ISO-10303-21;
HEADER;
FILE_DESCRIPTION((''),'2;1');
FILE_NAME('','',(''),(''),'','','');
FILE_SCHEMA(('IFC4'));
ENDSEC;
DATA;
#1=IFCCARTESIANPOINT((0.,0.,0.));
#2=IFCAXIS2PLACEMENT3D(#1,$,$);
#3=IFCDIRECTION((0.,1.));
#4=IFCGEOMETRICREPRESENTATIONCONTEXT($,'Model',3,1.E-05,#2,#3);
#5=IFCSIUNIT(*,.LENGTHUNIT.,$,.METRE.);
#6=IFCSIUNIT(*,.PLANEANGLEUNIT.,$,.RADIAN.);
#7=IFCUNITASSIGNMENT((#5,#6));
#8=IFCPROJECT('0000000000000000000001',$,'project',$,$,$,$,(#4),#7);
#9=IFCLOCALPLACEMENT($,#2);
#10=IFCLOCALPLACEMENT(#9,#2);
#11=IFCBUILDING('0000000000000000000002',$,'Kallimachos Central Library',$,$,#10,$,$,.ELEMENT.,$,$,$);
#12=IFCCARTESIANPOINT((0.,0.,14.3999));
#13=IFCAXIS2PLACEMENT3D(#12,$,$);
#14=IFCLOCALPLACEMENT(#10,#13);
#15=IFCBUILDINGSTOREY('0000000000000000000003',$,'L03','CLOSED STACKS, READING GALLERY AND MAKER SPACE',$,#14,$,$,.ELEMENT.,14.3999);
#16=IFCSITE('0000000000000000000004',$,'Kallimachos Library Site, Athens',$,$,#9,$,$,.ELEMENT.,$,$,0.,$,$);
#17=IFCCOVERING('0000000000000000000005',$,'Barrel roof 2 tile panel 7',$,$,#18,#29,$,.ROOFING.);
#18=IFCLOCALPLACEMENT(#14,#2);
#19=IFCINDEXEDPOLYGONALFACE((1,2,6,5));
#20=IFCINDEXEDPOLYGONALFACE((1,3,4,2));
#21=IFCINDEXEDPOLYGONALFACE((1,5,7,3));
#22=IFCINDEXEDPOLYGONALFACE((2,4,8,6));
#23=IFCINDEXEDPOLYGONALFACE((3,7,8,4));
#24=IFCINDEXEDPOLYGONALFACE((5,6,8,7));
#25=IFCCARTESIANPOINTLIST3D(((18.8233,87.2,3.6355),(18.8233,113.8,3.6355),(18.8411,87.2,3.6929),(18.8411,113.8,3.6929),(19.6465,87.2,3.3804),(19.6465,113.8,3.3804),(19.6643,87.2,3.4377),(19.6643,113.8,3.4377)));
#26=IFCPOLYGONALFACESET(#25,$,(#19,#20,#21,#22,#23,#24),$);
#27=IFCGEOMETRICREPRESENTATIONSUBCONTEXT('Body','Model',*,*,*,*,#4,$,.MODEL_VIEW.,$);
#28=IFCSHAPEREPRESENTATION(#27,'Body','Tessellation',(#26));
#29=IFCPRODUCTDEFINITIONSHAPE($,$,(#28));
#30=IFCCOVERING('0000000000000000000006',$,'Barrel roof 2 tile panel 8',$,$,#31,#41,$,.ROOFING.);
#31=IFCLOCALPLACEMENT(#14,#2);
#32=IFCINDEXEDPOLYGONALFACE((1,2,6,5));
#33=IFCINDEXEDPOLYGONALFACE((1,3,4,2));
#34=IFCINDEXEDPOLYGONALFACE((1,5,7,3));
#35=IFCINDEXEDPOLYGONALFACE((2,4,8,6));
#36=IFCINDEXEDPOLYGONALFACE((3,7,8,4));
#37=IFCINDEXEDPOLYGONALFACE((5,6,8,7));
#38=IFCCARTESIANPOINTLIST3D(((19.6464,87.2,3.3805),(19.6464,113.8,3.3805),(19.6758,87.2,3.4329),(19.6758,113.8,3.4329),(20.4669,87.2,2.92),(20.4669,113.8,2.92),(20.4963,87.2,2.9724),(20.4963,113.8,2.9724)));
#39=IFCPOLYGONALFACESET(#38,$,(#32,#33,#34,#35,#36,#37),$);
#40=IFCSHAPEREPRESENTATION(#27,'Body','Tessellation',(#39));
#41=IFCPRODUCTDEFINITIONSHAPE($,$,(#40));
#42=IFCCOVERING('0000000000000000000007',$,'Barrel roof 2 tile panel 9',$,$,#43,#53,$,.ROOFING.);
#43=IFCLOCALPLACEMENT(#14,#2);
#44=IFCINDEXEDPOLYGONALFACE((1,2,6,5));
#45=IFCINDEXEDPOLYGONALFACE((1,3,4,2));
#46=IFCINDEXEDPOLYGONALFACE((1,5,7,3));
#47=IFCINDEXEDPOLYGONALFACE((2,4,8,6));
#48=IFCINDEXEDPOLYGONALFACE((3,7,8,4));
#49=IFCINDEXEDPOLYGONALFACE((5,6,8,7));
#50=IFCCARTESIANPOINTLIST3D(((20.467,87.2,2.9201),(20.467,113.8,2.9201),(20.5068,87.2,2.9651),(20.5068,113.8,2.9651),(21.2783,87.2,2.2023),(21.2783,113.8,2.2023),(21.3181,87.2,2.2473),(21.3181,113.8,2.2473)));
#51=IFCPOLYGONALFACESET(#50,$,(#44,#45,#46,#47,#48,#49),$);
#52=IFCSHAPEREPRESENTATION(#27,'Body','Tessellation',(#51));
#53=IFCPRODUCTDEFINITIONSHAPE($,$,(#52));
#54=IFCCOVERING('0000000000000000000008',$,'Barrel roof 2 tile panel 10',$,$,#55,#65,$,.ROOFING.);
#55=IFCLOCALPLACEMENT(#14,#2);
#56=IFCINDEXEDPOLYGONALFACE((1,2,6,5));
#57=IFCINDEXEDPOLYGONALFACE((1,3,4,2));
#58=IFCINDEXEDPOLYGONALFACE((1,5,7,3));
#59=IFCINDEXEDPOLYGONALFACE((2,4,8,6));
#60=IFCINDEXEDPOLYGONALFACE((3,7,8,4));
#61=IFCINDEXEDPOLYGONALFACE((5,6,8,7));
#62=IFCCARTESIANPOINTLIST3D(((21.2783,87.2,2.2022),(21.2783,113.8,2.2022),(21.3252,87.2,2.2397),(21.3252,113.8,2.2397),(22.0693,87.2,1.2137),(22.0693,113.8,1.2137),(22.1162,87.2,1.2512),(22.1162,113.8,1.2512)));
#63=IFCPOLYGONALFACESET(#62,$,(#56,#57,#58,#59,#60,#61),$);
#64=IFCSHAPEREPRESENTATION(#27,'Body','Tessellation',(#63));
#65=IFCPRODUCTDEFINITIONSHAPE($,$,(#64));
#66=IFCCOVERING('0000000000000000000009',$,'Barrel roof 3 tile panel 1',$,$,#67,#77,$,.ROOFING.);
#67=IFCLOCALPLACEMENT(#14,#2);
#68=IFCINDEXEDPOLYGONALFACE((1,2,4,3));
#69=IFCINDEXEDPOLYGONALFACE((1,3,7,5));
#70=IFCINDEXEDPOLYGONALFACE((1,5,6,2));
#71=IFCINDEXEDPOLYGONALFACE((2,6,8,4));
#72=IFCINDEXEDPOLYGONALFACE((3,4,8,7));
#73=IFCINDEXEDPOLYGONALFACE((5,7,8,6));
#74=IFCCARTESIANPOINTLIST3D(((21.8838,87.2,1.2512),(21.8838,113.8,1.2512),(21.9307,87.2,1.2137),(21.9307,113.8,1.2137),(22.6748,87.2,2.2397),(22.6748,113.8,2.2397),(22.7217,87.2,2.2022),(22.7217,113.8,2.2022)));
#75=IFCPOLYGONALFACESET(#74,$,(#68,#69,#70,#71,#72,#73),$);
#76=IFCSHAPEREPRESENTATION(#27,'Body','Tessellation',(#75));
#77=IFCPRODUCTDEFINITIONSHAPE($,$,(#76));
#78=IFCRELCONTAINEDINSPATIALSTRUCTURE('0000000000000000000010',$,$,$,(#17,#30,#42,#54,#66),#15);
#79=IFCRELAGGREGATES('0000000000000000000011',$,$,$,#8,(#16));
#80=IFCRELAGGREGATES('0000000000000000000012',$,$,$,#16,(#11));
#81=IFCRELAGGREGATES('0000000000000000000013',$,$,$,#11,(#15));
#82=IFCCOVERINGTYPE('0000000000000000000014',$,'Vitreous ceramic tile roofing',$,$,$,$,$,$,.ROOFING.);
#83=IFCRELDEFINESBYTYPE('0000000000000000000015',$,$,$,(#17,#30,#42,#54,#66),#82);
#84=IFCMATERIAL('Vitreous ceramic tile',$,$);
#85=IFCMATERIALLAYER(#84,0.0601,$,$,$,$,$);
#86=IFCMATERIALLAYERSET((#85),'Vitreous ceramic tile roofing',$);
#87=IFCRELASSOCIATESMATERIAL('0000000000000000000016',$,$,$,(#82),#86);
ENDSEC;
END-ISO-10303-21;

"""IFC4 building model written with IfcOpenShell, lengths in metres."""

from ifc_helpers import new_model, si_unit, direction, frame, origin, place, context, subcontext, project, spatial, polyline, outline, extrude, material, layer, layer_set, type_object, element, save


model = new_model("IFC4")

# Units and contexts
model_context = context("Model", 3, precision=1e-05, world=origin(), true_north=direction((0.0, 1.0)))
body_context = subcontext(model_context, "Body", "Model", "MODEL_VIEW")
ifc_project = project(units=[si_unit("LENGTHUNIT", "METRE"), si_unit("PLANEANGLEUNIT", "RADIAN")], contexts=[model_context])

# Site, building, storey
site_placement = place(None, origin())
site = spatial("IfcSite", under=ifc_project, at=site_placement, Name="Kallimachos Library Site, Athens", CompositionType="ELEMENT", RefElevation=0.0)
building_placement = place(site_placement, origin())
building = spatial("IfcBuilding", under=site, at=building_placement, Name="Kallimachos Central Library", CompositionType="ELEMENT")
storey_placement = place(building_placement, frame((0.0, 0.0, 14.3999)))
storey = spatial("IfcBuildingStorey", under=building, at=storey_placement, Name="L03", Description="CLOSED STACKS, READING GALLERY AND MAKER SPACE", CompositionType="ELEMENT", Elevation=14.3999)

# Coverings
ifc_material_1 = material(Name="Vitreous ceramic tile")
ifc_layer_1 = layer(ifc_material_1, 0.0601)
ifc_layer_set_1 = layer_set([ifc_layer_1], Name="Vitreous ceramic tile roofing")
covering_type_1 = type_object("IfcCoveringType", Name="Vitreous ceramic tile roofing", PredefinedType="ROOFING", material=ifc_layer_set_1)
covering_1_placement = place(storey_placement, frame((18.8411, 87.2, 3.6929), z_axis=(0.296016, 0.0, 0.955183), x_axis=(0.955183, 0.0, -0.296016)))
element("IfcCovering", 1, at=covering_1_placement, inside=storey, type_object=covering_type_1, Name="Barrel roof 2 tile panel 7", PredefinedType="ROOFING", context=body_context, shape_type="SweptSolid", body=[
    extrude(outline(polyline([(0.0, 0.0), (0.8619, 0.0), (0.8619, 26.6001), (0.0, 26.6001), (0.0, 0.0)])), origin(), (0.0, 0.0, -1.0), 0.0601),
])
covering_2_placement = place(storey_placement, frame((19.6758, 87.2, 3.4329), z_axis=(0.489362, 0.0, 0.872081), x_axis=(0.872081, 0.0, -0.489362)))
element("IfcCovering", 2, at=covering_2_placement, inside=storey, type_object=covering_type_1, Name="Barrel roof 2 tile panel 8", PredefinedType="ROOFING", context=body_context, shape_type="SweptSolid", body=[
    extrude(outline(polyline([(0.0, 0.0), (0.9409, 0.0), (0.9409, 26.6001), (0.0, 26.6001), (0.0, 0.0)])), origin(), (0.0, 0.0, -1.0), 0.0601),
])
covering_3_placement = place(storey_placement, frame((20.5068, 87.2, 2.9651), z_axis=(0.662627, 0.0, 0.748949), x_axis=(0.748949, 0.0, -0.662627)))
element("IfcCovering", 3, at=covering_3_placement, inside=storey, type_object=covering_type_1, Name="Barrel roof 2 tile panel 9", PredefinedType="ROOFING", context=body_context, shape_type="SweptSolid", body=[
    extrude(outline(polyline([(0.0, 0.0), (1.0832, 0.0), (1.0832, 26.6001), (0.0, 26.6001), (0.0, 0.0)])), origin(), (0.0, 0.0, -1.0), 0.0601),
])
for number, where, z_axis, x_axis, name in (
    (4, (21.3252, 87.2, 2.2397), (0.780794, 0.0, 0.624789), (0.624789, 0.0, -0.780794), "Barrel roof 2 tile panel 10"),
    (5, (21.8838, 87.2, 1.2512), (-0.780794, 0.0, 0.624789), (0.624789, 0.0, 0.780794), "Barrel roof 3 tile panel 1"),
):
    element("IfcCovering", number, at=place(storey_placement, frame(where, z_axis=z_axis, x_axis=x_axis)), inside=storey, type_object=covering_type_1, Name=name, PredefinedType="ROOFING", context=body_context, shape_type="SweptSolid", body=[
        extrude(outline(polyline([(0.0, 0.0), (1.2661, 0.0), (1.2661, 26.6001), (0.0, 26.6001), (0.0, 0.0)])), origin(), (0.0, 0.0, -1.0), 0.0601),
    ])

save(model, "model.ifc")
